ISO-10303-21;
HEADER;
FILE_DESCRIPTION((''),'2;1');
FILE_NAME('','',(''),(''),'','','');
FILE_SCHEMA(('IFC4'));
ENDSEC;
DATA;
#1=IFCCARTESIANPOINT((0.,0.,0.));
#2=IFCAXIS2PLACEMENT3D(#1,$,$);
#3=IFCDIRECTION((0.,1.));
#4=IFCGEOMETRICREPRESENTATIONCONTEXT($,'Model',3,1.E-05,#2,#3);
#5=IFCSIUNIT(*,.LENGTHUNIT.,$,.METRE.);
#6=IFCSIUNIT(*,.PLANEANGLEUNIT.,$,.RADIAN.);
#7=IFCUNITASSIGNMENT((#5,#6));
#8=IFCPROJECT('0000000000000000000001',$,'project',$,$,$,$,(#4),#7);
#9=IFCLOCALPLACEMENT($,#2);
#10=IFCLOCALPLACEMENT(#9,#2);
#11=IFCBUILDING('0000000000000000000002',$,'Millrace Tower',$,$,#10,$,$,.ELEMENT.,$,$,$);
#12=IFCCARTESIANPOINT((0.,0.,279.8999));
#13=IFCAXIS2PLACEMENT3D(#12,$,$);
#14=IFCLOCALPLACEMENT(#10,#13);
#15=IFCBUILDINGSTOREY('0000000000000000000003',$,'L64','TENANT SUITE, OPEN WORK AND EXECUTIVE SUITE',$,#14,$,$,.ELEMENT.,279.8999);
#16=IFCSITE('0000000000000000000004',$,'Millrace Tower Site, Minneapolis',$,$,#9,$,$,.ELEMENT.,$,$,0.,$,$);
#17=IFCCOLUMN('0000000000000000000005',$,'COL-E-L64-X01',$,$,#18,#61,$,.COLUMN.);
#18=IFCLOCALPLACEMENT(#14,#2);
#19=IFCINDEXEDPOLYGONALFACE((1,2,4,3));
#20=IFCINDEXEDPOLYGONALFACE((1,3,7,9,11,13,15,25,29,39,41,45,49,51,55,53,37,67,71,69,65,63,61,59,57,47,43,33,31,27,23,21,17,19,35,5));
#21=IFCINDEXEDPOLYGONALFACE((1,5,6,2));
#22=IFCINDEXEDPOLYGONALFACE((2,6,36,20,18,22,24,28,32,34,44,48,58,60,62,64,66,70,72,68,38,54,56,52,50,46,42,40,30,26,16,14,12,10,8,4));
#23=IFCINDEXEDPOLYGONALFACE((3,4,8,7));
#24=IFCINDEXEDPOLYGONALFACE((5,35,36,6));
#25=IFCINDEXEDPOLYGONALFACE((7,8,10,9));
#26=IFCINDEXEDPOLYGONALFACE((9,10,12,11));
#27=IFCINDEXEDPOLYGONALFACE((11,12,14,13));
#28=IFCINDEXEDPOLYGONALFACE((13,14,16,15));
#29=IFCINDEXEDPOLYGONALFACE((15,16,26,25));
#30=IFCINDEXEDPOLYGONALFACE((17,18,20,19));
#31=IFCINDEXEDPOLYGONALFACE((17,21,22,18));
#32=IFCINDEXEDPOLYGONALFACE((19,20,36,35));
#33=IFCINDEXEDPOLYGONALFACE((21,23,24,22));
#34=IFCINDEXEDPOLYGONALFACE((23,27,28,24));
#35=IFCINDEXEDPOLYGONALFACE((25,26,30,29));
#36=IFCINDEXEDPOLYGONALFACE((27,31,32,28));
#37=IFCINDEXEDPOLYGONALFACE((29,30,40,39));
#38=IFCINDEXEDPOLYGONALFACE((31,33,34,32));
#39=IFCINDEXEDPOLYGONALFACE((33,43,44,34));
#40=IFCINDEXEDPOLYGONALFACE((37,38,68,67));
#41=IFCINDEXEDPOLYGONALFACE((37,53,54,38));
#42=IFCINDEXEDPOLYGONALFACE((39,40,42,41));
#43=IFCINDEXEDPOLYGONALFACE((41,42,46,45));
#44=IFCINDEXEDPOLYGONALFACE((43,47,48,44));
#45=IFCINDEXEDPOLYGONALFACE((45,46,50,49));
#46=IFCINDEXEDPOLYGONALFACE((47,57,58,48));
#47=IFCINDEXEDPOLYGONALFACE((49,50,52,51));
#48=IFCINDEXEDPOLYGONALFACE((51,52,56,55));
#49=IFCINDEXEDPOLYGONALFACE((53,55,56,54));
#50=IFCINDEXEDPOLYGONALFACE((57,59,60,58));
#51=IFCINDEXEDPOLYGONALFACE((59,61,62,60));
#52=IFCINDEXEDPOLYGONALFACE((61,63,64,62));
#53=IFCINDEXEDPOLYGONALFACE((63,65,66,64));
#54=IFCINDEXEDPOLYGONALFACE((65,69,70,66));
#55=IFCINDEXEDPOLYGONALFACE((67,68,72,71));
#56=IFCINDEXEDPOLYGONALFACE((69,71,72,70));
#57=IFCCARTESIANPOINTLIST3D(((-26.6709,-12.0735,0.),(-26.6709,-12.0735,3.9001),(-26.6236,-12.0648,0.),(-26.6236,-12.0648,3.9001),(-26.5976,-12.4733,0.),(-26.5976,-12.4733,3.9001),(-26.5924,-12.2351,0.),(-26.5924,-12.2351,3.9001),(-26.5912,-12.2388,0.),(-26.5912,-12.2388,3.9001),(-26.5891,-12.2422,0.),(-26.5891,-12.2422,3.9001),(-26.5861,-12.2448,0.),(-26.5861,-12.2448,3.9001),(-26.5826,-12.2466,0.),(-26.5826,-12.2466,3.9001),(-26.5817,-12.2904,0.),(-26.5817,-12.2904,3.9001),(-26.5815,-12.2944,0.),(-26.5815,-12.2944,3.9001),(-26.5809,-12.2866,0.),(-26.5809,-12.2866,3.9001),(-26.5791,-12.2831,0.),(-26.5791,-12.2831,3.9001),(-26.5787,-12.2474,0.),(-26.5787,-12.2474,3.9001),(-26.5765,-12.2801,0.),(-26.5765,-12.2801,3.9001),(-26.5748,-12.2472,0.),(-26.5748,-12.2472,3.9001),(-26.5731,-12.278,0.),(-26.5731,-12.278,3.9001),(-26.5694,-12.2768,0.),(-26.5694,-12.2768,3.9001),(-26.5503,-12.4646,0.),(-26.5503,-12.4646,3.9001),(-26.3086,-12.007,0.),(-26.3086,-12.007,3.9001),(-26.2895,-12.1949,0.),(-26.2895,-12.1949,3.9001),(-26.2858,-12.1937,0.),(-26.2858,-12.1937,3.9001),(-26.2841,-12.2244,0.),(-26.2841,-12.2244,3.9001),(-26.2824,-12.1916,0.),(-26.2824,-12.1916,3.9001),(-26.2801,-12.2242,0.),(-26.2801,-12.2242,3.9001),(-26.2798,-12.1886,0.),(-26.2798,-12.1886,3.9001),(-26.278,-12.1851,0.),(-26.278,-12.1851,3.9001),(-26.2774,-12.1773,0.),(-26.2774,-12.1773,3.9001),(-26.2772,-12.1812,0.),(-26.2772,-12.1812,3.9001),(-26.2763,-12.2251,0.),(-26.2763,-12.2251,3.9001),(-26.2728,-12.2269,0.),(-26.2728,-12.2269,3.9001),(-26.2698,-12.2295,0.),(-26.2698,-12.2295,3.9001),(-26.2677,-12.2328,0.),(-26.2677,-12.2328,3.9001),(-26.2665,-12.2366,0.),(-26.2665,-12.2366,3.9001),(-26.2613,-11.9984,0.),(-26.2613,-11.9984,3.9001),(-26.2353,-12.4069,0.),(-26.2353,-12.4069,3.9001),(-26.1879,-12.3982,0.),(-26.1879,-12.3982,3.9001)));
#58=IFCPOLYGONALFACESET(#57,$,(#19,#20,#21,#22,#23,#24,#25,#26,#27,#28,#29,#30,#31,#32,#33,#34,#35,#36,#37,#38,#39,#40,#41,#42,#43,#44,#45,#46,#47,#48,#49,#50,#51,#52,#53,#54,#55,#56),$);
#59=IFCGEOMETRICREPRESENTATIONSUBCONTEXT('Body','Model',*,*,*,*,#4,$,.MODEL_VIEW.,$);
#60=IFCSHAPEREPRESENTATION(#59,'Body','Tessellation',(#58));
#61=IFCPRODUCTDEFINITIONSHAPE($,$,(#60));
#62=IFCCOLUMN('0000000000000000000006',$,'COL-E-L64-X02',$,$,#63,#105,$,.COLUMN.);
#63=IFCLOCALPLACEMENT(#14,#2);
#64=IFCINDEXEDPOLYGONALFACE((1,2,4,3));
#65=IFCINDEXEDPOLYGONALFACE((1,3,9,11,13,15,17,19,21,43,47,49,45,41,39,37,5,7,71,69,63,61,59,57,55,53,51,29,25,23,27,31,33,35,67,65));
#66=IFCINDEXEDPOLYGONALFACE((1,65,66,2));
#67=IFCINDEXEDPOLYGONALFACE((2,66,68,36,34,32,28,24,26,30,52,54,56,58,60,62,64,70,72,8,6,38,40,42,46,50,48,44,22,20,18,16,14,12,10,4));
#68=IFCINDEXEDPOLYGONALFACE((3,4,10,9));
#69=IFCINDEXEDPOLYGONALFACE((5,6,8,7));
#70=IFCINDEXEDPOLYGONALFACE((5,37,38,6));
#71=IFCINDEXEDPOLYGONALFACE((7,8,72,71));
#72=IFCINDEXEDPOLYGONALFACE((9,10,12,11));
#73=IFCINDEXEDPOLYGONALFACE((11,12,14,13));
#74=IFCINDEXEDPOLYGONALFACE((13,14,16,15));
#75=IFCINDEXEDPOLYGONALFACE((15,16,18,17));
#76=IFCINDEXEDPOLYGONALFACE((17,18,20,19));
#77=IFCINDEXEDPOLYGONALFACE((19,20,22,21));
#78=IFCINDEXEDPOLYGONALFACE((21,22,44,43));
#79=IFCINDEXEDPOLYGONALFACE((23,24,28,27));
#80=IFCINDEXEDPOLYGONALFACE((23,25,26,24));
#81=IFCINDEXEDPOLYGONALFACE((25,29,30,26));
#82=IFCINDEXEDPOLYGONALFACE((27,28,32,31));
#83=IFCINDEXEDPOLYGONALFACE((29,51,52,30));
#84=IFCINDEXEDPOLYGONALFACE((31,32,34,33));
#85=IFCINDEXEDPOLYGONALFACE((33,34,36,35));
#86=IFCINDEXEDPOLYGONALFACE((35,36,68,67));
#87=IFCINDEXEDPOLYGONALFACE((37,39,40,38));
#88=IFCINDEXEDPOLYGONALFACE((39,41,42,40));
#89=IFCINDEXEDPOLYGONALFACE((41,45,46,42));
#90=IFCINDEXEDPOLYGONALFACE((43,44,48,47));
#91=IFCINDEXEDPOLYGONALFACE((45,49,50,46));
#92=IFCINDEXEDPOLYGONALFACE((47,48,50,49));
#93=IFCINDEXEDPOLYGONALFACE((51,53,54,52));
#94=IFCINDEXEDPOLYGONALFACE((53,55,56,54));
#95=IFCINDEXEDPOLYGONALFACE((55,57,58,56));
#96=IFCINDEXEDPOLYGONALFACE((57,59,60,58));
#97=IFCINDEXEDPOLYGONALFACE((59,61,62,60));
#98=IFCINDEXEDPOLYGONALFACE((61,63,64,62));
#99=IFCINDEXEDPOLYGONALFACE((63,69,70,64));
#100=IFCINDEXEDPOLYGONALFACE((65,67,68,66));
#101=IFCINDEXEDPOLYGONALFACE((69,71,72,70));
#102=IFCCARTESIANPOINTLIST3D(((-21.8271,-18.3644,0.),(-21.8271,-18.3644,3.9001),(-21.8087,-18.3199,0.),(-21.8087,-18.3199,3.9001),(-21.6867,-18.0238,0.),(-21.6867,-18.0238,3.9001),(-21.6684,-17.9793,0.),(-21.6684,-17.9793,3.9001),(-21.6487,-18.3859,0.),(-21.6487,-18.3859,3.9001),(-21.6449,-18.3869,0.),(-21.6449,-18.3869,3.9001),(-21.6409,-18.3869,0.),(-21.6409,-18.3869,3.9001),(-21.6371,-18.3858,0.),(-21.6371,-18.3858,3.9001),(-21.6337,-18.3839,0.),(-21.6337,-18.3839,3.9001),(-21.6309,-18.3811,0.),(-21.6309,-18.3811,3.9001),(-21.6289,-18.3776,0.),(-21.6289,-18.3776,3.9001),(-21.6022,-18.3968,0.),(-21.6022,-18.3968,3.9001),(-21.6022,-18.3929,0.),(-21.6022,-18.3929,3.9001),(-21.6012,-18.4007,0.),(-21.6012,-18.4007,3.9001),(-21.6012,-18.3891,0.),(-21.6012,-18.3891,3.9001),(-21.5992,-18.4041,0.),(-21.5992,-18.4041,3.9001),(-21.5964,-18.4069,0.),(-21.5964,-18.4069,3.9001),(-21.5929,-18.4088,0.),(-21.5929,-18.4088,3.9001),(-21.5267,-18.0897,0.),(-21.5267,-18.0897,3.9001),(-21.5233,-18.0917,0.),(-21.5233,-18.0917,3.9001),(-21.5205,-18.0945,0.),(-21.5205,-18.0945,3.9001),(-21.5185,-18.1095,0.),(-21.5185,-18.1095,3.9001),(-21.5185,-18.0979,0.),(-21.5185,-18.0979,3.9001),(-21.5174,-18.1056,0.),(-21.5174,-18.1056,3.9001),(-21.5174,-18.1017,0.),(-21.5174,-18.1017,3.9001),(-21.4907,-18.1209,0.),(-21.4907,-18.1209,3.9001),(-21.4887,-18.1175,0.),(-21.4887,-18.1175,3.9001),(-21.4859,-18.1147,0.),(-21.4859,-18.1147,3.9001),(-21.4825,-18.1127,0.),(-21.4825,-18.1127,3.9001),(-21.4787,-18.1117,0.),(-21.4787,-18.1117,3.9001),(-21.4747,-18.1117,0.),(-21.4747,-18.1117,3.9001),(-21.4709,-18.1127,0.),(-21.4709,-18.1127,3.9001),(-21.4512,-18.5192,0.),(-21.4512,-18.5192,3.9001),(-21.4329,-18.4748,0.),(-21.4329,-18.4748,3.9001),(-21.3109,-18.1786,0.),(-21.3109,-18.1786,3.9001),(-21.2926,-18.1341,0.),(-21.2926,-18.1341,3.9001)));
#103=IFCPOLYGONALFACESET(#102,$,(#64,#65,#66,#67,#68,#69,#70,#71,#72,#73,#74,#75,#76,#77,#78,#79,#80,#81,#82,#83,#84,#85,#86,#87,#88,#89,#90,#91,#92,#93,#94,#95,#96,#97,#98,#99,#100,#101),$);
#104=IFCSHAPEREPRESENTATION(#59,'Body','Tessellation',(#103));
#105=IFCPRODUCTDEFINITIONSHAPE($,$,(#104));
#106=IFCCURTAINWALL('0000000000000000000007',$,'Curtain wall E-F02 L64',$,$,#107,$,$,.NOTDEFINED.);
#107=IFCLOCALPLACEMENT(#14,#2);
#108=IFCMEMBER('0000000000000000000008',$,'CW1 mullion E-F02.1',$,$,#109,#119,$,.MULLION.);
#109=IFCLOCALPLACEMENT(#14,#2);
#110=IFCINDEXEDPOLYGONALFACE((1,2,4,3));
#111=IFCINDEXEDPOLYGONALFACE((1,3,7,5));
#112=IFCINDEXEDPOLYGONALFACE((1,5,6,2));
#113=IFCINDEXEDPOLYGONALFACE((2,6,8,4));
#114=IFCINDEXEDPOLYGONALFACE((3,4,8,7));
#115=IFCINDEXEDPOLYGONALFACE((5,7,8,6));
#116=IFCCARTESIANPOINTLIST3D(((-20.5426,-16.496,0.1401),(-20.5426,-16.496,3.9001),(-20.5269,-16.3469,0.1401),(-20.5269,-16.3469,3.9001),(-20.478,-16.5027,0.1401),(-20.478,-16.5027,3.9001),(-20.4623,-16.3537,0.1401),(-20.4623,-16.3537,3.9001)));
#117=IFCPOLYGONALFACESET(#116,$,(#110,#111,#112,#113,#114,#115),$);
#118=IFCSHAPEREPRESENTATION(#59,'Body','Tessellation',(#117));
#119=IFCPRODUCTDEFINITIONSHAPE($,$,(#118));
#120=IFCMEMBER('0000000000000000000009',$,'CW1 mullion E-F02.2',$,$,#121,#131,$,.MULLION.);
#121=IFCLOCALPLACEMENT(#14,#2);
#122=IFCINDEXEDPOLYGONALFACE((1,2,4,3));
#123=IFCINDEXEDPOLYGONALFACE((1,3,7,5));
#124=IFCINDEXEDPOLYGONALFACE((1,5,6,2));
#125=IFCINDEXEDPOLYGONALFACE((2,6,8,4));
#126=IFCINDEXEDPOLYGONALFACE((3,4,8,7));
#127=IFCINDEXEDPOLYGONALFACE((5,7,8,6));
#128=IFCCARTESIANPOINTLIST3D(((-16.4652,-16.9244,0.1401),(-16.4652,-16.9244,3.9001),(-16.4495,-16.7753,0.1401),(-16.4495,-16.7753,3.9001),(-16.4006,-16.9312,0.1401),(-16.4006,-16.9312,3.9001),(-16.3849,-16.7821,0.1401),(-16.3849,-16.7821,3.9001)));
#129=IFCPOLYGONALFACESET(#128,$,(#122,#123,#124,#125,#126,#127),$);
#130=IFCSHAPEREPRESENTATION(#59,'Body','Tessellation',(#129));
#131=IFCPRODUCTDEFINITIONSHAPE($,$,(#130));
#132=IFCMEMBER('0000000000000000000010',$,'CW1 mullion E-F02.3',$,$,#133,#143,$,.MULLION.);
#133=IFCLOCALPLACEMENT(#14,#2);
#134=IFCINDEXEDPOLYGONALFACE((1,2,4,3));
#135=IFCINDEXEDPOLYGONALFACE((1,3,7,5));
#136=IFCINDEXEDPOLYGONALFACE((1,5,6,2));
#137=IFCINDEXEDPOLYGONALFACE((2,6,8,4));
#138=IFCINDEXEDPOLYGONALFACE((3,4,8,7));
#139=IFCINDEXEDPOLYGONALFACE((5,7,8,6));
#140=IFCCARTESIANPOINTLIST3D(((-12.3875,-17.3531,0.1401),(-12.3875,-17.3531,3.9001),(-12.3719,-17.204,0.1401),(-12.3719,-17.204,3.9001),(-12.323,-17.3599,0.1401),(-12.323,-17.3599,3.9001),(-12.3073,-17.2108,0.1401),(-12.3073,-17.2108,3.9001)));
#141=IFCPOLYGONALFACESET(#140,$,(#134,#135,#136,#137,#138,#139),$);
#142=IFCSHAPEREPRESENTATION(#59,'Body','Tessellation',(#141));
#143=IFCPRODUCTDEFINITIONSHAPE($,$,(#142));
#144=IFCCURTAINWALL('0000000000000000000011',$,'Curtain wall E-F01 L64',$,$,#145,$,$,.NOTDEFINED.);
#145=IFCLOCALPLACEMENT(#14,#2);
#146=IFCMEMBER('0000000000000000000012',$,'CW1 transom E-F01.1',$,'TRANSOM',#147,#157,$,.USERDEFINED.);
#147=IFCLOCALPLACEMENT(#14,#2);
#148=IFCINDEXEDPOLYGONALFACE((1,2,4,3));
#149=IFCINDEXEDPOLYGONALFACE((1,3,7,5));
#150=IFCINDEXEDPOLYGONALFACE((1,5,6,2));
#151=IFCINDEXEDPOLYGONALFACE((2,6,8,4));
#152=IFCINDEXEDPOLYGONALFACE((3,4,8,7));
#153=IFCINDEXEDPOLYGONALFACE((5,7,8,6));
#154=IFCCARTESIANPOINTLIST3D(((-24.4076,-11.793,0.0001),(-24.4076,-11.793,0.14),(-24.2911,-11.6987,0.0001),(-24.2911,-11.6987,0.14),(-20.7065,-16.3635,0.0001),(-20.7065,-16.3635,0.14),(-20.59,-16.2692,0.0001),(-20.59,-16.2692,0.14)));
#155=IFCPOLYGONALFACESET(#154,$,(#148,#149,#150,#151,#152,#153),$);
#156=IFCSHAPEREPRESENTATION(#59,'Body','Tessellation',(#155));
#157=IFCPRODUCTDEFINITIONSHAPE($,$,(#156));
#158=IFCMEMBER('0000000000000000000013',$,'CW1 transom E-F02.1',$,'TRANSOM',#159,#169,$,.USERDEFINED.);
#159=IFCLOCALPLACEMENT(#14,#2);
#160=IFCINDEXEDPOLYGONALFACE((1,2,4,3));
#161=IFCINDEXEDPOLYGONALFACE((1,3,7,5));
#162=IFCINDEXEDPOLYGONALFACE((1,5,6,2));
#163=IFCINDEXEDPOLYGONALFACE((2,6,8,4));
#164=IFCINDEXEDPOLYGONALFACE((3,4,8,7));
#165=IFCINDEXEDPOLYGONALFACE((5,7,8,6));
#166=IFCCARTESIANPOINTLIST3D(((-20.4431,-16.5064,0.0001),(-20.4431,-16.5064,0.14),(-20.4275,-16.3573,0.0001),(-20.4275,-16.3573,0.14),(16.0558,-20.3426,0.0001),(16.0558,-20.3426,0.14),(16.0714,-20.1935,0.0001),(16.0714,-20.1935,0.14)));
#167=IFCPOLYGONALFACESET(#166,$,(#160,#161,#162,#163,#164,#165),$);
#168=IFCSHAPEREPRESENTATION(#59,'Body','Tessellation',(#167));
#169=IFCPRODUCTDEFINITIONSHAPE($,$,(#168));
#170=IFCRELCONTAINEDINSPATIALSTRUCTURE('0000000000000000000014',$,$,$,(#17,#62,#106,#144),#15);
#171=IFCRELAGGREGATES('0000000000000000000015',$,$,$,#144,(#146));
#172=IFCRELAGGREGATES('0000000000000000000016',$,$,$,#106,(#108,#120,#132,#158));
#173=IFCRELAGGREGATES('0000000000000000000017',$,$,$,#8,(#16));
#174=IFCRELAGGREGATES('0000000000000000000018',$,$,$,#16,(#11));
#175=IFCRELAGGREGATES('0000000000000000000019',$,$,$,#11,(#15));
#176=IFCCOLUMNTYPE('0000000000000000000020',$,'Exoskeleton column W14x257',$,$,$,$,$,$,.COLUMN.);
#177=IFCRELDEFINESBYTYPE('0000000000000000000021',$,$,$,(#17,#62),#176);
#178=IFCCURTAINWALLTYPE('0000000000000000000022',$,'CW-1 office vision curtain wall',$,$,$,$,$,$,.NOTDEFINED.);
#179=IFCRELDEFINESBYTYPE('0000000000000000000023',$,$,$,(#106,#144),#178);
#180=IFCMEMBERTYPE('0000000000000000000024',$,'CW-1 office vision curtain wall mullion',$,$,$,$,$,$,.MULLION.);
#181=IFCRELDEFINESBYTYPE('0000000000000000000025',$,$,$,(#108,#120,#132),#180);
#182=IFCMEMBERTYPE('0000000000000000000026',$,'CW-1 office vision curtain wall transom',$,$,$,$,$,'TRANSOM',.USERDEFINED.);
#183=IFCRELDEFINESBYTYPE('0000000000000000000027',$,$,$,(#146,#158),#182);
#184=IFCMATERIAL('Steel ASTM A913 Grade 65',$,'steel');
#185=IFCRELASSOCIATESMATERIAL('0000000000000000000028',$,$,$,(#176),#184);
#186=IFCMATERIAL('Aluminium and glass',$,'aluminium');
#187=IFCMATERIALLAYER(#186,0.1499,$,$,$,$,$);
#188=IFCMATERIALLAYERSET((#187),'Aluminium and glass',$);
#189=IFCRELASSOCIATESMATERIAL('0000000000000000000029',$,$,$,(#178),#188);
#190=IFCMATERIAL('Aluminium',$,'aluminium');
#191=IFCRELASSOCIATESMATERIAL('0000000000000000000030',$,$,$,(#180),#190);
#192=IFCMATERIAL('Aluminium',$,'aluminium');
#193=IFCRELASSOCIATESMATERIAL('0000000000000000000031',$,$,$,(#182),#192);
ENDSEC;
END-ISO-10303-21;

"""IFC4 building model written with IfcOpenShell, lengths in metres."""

from ifc_helpers import new_model, si_unit, direction, frame, origin, origin_2d, place, context, subcontext, project, spatial, rectangle, i_section, extrude, material, layer, layer_set, material_profile, profile_set, type_object, element, aggregate, save


model = new_model("IFC4")

# Units and contexts
model_context = context("Model", 3, precision=1e-05, world=origin(), true_north=direction((0.0, 1.0)))
body_context = subcontext(model_context, "Body", "Model", "MODEL_VIEW")
ifc_project = project(units=[si_unit("LENGTHUNIT", "METRE"), si_unit("PLANEANGLEUNIT", "RADIAN")], contexts=[model_context])

# Site, building, storey
site_placement = place(None, origin())
site = spatial("IfcSite", under=ifc_project, at=site_placement, Name="Millrace Tower Site, Minneapolis", CompositionType="ELEMENT", RefElevation=0.0)
building_placement = place(site_placement, origin())
building = spatial("IfcBuilding", under=site, at=building_placement, Name="Millrace Tower", CompositionType="ELEMENT")
storey_placement = place(building_placement, frame((0.0, 0.0, 279.8999)))
storey = spatial("IfcBuildingStorey", under=building, at=storey_placement, Name="L64", Description="TENANT SUITE, OPEN WORK AND EXECUTIVE SUITE", CompositionType="ELEMENT", Elevation=279.8999)

# Columns
ifc_material_1 = material(Name="Steel ASTM A913 Grade 65", Category="steel")
ifc_material_profile_1 = material_profile(ifc_material_1, i_section(OverallWidth=0.4065, OverallDepth=0.4165, WebThickness=0.03, FlangeThickness=0.0481, FilletRadius=0.0151, at=origin_2d()))
ifc_profile_set_1 = profile_set([ifc_material_profile_1], Name="Steel ASTM A913 Grade 65")
column_type = type_object("IfcColumnType", Name="Exoskeleton column W14x257", PredefinedType="COLUMN", material=ifc_profile_set_1)
for number, where, z_axis, x_axis, name in (
    (1, (-26.4294, -12.2358, 0.0), (0.0, 0.0, 1.0), (0.180387, -0.983596, 0.0), "COL-E-L64-X01"),
    (2, (-21.5598, -18.2493, 0.0), (0.0, 0.0, 1.0), (0.924597, -0.380947, 0.0), "COL-E-L64-X02"),
):
    element("IfcColumn", number, at=place(storey_placement, frame(where, z_axis=z_axis, x_axis=x_axis)), inside=storey, type_object=column_type, Name=name, PredefinedType="COLUMN", context=body_context, shape_type="SweptSolid", body=[
        extrude(i_section(OverallWidth=0.4065, OverallDepth=0.4165, WebThickness=0.03, FlangeThickness=0.0481, FilletRadius=0.0151, at=origin_2d()), origin(), (0.0, 0.0, 1.0), 3.9001),
    ])

# Curtain wall, members
ifc_material_2 = material(Name="Aluminium and glass", Category="aluminium")
ifc_layer_1 = layer(ifc_material_2, 0.1499)
ifc_layer_set_1 = layer_set([ifc_layer_1], Name="Aluminium and glass")
curtain_wall_type = type_object("IfcCurtainWallType", Name="CW-1 office vision curtain wall", PredefinedType="NOTDEFINED", material=ifc_layer_set_1)
placement = place(storey_placement, origin())
curtain_wall_1 = element("IfcCurtainWall", 3, at=placement, inside=storey, type_object=curtain_wall_type, Name="Curtain wall E-F02 L64", PredefinedType="NOTDEFINED")
ifc_material_3 = material(Name="Aluminium", Category="aluminium")
ifc_material_profile_2 = material_profile(ifc_material_3, rectangle(XDim=0.0649, YDim=0.1499, at=origin_2d()))
ifc_profile_set_2 = profile_set([ifc_material_profile_2], Name="Aluminium")
member_type_1 = type_object("IfcMemberType", Name="CW-1 office vision curtain wall mullion", PredefinedType="MULLION", material=ifc_profile_set_2)
member_1_placement = place(storey_placement, frame((-20.5024, -16.4248, 0.1401), z_axis=(0.0, 0.0, 1.0), x_axis=(0.994522, -0.104528, 0.0)))
member_1 = element("IfcMember", 4, at=member_1_placement, type_object=member_type_1, Name="CW1 mullion E-F02.1", PredefinedType="MULLION", context=body_context, shape_type="SweptSolid", body=[
    extrude(rectangle(XDim=0.0649, YDim=0.1499, at=origin_2d()), origin(), (0.0, 0.0, 1.0), 3.76),
])
member_2_placement = place(storey_placement, frame((-16.425, -16.8533, 0.1401), z_axis=(0.0, 0.0, 1.0), x_axis=(0.994522, -0.104528, 0.0)))
member_2 = element("IfcMember", 5, at=member_2_placement, type_object=member_type_1, Name="CW1 mullion E-F02.2", PredefinedType="MULLION", context=body_context, shape_type="SweptSolid", body=[
    extrude(rectangle(XDim=0.0649, YDim=0.1499, at=origin_2d()), origin(), (0.0, 0.0, 1.0), 3.76),
])
member_3_placement = place(storey_placement, frame((-12.3474, -17.282, 0.1401), z_axis=(0.0, 0.0, 1.0), x_axis=(0.994522, -0.104528, 0.0)))
member_3 = element("IfcMember", 6, at=member_3_placement, type_object=member_type_1, Name="CW1 mullion E-F02.3", PredefinedType="MULLION", context=body_context, shape_type="SweptSolid", body=[
    extrude(rectangle(XDim=0.0649, YDim=0.1499, at=origin_2d()), origin(), (0.0, 0.0, 1.0), 3.76),
])

# Curtain wall, member
curtain_wall_2 = element("IfcCurtainWall", 7, at=placement, inside=storey, type_object=curtain_wall_type, Name="Curtain wall E-F01 L64", PredefinedType="NOTDEFINED")
ifc_material_4 = material(Name="Aluminium", Category="aluminium")
ifc_material_profile_3 = material_profile(ifc_material_4, rectangle(XDim=0.1499, YDim=0.1399, at=origin_2d()))
ifc_profile_set_3 = profile_set([ifc_material_profile_3], Name="Aluminium")
member_type_2 = type_object("IfcMemberType", Name="CW-1 office vision curtain wall transom", ElementType="TRANSOM", PredefinedType="USERDEFINED", material=ifc_profile_set_3)
member_4_placement = place(storey_placement, frame((-24.3494, -11.7458, 0.0701), z_axis=(0.629321, -0.777145, 0.0), x_axis=(0.777145, 0.629321, 0.0)))
member_4 = element("IfcMember", 8, at=member_4_placement, type_object=member_type_2, Name="CW1 transom E-F01.1", ObjectType="TRANSOM", PredefinedType="USERDEFINED", context=body_context, shape_type="SweptSolid", body=[
    extrude(rectangle(XDim=0.1499, YDim=0.1399, at=origin_2d()), origin(), (0.0, 0.0, 1.0), 5.8811),
])
aggregate(curtain_wall_2, [member_4])

# Member
member_5_placement = place(storey_placement, frame((-20.4353, -16.4319, 0.0701), z_axis=(0.994522, -0.104528, 0.0), x_axis=(0.104528, 0.994522, 0.0)))
member_5 = element("IfcMember", 9, at=member_5_placement, type_object=member_type_2, Name="CW1 transom E-F02.1", ObjectType="TRANSOM", PredefinedType="USERDEFINED", context=body_context, shape_type="SweptSolid", body=[
    extrude(rectangle(XDim=0.1499, YDim=0.1399, at=origin_2d()), origin(), (0.0, 0.0, 1.0), 36.7),
])
aggregate(curtain_wall_1, [member_1, member_2, member_3, member_5])

save(model, "model.ifc")
